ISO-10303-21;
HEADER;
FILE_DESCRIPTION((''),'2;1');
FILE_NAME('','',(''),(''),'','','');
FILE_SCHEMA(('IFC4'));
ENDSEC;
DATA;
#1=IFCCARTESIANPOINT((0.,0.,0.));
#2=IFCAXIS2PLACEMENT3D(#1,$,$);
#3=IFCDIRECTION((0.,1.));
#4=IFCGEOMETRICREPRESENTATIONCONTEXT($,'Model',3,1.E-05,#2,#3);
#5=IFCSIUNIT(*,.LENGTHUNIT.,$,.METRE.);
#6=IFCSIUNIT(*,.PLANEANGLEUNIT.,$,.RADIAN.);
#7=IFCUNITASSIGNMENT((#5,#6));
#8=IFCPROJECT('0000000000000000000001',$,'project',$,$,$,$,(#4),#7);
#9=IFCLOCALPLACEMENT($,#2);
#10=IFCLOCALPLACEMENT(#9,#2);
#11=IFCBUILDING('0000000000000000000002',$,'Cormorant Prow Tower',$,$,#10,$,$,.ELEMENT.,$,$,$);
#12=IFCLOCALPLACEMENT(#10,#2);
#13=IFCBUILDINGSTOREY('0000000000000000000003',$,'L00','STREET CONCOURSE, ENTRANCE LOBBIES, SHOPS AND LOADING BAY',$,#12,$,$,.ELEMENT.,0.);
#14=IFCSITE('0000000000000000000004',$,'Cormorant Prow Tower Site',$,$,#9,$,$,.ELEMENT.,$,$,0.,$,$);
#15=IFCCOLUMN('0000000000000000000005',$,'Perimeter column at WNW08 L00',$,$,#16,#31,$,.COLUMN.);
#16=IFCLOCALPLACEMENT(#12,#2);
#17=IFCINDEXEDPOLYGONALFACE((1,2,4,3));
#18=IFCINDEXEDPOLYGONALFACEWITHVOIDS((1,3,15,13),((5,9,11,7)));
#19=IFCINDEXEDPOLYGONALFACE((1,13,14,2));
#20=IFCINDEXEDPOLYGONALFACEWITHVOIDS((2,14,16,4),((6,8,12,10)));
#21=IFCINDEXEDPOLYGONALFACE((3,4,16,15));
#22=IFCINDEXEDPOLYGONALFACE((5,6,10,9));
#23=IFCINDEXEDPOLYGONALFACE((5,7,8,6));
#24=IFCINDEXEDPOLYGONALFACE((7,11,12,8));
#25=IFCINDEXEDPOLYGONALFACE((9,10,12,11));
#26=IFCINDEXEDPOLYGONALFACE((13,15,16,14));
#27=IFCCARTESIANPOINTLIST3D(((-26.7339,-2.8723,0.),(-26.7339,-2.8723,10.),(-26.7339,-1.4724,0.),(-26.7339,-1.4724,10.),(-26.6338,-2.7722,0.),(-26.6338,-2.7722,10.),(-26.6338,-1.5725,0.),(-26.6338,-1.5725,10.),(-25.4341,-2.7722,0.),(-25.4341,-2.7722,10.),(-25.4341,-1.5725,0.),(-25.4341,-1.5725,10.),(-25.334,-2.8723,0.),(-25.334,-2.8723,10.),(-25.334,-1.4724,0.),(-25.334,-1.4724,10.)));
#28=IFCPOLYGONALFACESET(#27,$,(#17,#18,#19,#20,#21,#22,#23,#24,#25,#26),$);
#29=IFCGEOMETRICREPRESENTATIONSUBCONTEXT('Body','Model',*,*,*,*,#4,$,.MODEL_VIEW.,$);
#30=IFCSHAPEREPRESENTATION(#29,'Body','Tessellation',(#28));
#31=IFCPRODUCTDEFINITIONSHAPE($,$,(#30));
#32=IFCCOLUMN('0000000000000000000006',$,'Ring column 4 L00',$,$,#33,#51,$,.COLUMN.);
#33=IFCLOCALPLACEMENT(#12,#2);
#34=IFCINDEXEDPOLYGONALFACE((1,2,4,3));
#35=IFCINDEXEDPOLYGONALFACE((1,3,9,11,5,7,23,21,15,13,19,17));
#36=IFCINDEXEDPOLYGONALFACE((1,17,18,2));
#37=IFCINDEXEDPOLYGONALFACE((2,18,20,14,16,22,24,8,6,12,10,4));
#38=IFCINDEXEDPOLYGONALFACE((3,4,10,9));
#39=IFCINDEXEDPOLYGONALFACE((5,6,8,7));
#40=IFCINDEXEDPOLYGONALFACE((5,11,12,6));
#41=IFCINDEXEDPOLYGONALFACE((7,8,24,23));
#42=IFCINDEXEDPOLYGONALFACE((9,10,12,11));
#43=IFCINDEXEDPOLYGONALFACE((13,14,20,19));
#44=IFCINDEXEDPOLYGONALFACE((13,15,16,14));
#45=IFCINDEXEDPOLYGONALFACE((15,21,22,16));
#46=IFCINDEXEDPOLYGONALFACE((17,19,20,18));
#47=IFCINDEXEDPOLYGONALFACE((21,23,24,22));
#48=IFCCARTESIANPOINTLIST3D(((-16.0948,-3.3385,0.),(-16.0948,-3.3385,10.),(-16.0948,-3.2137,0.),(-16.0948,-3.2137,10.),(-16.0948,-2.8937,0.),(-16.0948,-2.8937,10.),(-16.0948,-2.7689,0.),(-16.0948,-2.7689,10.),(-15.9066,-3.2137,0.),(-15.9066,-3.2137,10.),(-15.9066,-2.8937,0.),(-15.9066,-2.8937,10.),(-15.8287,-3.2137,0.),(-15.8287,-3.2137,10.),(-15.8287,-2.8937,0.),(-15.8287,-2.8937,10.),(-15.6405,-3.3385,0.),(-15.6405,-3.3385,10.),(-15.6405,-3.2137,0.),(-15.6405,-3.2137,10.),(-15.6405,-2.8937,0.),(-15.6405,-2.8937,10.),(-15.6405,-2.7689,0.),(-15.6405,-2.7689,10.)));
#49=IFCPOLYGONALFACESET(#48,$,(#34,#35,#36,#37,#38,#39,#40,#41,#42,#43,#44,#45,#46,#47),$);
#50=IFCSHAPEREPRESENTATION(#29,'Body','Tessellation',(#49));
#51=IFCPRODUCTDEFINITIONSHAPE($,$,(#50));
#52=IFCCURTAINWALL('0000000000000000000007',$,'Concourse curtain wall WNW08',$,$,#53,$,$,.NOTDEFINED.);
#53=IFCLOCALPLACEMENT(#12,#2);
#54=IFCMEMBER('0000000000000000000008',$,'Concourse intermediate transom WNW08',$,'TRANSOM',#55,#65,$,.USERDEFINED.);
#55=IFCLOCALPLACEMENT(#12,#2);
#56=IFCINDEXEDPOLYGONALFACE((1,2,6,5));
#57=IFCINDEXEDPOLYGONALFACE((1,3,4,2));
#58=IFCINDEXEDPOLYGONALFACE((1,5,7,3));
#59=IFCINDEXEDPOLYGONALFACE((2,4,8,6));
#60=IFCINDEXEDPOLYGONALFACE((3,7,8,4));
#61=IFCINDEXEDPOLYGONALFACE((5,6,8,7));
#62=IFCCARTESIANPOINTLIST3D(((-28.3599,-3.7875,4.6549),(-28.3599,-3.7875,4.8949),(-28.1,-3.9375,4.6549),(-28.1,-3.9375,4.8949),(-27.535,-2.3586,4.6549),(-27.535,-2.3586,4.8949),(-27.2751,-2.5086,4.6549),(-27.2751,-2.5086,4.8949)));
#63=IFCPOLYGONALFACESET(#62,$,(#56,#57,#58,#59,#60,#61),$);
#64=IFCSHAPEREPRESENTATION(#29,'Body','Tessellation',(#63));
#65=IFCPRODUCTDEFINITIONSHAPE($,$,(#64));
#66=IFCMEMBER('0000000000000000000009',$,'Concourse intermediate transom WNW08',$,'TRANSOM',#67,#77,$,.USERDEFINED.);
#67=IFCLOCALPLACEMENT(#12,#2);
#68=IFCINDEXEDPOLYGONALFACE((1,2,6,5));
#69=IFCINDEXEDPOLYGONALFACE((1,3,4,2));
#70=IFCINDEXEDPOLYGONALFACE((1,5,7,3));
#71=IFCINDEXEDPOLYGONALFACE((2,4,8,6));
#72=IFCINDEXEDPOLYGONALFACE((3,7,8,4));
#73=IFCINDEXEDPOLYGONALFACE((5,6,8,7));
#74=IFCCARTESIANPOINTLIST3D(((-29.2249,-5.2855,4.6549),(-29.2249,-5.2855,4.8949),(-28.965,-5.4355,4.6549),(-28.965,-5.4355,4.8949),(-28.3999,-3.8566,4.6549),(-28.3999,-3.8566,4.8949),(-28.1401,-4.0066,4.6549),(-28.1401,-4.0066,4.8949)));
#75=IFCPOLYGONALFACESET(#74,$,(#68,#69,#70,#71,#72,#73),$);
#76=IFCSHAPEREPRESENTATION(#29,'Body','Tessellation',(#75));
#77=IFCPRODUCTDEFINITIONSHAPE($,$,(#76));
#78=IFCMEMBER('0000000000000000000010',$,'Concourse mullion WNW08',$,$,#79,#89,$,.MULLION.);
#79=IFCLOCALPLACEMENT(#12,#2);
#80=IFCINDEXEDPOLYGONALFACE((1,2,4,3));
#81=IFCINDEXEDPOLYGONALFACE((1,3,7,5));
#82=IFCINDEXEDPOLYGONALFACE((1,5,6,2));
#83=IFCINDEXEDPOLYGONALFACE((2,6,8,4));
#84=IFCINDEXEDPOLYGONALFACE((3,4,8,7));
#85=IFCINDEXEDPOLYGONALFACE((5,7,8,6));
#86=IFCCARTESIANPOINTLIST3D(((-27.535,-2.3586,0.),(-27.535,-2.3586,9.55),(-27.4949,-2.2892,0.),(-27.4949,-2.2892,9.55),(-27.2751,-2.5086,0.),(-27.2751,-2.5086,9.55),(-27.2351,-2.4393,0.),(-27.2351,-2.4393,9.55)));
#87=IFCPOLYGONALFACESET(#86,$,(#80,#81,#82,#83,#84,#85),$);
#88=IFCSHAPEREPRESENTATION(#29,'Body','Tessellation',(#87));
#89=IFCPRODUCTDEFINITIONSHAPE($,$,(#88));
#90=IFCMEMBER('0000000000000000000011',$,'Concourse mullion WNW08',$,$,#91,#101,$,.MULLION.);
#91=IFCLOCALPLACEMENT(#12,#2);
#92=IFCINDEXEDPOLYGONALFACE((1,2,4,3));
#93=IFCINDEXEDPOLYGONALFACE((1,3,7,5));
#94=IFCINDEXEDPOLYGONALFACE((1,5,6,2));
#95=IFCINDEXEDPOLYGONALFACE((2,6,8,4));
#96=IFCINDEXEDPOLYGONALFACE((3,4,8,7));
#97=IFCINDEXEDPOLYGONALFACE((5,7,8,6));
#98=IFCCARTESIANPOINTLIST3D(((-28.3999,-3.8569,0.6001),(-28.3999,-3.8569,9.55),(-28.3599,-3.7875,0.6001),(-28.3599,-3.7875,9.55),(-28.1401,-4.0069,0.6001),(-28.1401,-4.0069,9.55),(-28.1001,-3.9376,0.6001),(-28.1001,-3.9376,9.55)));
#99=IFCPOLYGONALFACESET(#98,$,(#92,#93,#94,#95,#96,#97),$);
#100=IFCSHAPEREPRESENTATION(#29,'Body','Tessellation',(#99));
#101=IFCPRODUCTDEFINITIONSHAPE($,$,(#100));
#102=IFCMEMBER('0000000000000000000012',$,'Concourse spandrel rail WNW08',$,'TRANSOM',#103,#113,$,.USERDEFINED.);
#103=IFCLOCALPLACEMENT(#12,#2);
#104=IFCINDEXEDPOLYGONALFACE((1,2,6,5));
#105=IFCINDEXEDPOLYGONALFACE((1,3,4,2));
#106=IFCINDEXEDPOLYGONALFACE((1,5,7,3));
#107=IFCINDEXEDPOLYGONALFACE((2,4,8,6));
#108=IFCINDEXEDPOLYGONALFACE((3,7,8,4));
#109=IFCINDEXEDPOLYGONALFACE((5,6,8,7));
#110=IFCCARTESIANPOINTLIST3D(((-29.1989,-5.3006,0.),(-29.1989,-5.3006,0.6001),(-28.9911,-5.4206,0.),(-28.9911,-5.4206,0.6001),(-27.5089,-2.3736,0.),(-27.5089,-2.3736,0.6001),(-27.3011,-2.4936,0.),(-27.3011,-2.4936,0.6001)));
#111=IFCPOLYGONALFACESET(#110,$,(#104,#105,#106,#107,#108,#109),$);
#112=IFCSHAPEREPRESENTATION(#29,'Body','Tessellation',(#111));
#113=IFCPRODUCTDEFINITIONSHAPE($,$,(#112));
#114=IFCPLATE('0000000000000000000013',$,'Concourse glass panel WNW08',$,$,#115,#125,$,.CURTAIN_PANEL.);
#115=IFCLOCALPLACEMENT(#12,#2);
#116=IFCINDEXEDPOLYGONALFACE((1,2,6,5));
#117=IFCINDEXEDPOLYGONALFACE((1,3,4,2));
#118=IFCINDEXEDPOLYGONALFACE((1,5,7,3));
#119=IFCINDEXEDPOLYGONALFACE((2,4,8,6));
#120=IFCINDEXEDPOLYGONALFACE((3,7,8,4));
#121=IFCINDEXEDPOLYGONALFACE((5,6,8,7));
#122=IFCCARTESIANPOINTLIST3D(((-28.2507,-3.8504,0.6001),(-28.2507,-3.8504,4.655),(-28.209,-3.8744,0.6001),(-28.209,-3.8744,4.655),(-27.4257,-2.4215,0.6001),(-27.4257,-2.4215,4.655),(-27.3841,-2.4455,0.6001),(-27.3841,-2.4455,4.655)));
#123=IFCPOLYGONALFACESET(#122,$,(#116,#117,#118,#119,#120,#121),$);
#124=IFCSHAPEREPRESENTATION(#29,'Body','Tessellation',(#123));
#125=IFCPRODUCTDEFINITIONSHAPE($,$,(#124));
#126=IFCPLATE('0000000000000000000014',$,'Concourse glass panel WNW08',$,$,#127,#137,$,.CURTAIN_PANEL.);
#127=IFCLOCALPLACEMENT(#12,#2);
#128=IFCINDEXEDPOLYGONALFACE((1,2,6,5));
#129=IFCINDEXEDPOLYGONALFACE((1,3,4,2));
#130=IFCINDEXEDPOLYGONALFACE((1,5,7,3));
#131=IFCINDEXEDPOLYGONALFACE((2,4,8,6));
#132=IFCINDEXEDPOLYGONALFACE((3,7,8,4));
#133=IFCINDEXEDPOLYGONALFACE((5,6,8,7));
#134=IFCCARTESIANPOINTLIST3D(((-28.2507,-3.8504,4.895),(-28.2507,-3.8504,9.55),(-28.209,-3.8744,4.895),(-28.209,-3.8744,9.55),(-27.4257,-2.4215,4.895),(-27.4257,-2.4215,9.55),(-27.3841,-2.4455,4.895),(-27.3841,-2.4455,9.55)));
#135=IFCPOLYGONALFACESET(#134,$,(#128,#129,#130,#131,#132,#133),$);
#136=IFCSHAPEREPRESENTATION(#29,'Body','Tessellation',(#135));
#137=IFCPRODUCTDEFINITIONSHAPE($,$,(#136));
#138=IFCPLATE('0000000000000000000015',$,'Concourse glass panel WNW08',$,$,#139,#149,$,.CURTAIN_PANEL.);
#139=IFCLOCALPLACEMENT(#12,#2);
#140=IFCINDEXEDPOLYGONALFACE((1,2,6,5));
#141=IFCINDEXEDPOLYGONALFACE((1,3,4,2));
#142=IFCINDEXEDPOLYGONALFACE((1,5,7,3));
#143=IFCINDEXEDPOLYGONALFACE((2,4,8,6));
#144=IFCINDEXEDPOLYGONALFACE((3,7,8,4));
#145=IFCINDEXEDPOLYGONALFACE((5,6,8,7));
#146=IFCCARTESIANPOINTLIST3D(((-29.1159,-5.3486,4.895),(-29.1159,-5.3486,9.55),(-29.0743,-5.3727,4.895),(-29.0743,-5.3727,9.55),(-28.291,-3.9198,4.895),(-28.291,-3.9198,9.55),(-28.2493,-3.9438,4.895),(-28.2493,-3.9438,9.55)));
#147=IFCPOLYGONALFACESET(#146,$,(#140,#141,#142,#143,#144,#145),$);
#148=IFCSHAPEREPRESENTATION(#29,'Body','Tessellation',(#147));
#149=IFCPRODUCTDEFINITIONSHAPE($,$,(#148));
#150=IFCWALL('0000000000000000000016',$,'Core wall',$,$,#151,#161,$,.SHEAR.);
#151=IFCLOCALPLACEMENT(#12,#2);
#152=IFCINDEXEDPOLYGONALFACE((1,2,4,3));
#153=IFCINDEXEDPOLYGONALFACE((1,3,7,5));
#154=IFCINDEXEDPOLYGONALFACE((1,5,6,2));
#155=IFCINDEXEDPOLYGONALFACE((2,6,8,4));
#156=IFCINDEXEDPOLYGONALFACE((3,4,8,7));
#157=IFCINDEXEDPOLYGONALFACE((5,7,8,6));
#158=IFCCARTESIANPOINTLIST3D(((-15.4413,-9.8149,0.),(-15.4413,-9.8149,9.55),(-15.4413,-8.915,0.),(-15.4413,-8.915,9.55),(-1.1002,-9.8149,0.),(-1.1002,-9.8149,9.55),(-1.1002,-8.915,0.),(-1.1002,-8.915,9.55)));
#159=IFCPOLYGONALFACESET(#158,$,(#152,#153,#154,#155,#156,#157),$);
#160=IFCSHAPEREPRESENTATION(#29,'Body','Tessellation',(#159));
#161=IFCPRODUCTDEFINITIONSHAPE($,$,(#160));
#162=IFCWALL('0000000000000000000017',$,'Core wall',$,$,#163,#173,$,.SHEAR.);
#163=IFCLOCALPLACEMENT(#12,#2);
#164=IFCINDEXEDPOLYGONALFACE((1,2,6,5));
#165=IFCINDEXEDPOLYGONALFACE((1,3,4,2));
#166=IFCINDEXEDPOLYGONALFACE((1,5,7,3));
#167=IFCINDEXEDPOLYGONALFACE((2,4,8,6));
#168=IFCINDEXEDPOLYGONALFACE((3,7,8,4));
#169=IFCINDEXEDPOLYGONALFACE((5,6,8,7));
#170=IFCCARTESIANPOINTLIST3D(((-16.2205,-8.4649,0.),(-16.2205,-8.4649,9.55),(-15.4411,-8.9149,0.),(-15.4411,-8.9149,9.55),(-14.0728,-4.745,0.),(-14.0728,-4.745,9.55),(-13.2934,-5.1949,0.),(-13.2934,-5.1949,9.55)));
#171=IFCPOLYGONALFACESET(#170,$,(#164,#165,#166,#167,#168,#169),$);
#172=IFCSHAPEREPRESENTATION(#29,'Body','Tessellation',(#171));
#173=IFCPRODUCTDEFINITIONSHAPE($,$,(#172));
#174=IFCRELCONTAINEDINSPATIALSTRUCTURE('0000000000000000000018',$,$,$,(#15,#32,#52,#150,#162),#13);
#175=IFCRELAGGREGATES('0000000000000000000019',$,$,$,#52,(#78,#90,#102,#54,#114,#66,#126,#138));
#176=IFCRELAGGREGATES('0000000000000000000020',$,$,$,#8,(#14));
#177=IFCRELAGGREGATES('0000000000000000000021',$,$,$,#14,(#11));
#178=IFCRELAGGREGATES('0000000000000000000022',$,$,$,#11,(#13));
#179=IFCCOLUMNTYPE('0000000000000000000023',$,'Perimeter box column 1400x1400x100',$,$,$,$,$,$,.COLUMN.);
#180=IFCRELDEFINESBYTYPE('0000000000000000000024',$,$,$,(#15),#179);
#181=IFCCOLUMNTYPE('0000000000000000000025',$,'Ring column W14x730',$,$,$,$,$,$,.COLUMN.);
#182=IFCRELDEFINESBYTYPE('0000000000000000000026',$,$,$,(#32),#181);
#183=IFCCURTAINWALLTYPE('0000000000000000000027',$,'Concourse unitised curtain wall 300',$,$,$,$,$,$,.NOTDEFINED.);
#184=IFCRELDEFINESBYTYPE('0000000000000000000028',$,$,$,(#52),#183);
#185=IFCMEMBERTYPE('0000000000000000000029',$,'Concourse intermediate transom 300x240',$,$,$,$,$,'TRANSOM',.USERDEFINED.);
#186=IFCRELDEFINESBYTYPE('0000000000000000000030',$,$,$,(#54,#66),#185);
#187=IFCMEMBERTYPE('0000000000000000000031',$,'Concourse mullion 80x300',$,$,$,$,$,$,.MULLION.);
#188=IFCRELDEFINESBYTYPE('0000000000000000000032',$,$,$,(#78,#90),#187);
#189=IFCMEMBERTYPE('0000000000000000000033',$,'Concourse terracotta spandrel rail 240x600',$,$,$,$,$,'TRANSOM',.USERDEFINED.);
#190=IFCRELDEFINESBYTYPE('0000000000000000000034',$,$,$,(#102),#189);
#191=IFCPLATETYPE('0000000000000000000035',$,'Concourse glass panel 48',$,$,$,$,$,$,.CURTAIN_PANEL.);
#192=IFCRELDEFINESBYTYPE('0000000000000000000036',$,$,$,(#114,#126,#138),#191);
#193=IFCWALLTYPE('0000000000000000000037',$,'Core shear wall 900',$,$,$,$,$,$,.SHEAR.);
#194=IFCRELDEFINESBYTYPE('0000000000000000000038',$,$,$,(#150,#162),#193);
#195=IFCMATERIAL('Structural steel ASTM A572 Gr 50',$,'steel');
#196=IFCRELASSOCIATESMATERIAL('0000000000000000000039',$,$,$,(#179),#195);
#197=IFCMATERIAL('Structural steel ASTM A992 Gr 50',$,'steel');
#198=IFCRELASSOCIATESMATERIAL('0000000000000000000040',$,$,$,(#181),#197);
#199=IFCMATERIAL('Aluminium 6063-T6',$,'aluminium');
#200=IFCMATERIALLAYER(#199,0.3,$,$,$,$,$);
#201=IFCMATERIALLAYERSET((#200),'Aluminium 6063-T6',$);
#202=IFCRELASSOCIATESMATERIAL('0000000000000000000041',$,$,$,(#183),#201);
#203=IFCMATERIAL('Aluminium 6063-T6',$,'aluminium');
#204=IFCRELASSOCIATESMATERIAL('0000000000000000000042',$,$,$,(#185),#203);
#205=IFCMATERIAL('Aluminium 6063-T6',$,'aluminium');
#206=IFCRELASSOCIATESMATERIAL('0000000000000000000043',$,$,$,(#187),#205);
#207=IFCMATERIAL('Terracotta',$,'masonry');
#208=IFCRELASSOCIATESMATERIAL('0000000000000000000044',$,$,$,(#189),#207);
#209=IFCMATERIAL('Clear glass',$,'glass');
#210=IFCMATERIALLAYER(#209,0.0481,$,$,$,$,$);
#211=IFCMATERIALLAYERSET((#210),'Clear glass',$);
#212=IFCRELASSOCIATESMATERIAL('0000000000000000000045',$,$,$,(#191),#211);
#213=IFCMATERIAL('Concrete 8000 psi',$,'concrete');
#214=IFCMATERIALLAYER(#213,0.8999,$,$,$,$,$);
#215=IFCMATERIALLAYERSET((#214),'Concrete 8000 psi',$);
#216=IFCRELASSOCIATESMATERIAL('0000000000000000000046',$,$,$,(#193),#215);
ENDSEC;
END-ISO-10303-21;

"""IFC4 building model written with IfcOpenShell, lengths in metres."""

from ifc_helpers import new_model, si_unit, direction, frame, frame_2d, origin, origin_2d, place, context, subcontext, project, spatial, rectangle, hollow_rectangle, i_section, extrude, material, layer, layer_set, material_profile, profile_set, type_object, element, aggregate, save


model = new_model("IFC4")

# Units and contexts
model_context = context("Model", 3, precision=1e-05, world=origin(), true_north=direction((0.0, 1.0)))
body_context = subcontext(model_context, "Body", "Model", "MODEL_VIEW")
ifc_project = project(units=[si_unit("LENGTHUNIT", "METRE"), si_unit("PLANEANGLEUNIT", "RADIAN")], contexts=[model_context])

# Site, building, storey
site_placement = place(None, origin())
site = spatial("IfcSite", under=ifc_project, at=site_placement, Name="Cormorant Prow Tower Site", CompositionType="ELEMENT", RefElevation=0.0)
building_placement = place(site_placement, origin())
building = spatial("IfcBuilding", under=site, at=building_placement, Name="Cormorant Prow Tower", CompositionType="ELEMENT")
storey_placement = place(building_placement, origin())
storey = spatial("IfcBuildingStorey", under=building, at=storey_placement, Name="L00", Description="STREET CONCOURSE, ENTRANCE LOBBIES, SHOPS AND LOADING BAY", CompositionType="ELEMENT", Elevation=0.0)

# Columns
ifc_material_1 = material(Name="Structural steel ASTM A572 Gr 50", Category="steel")
ifc_material_profile_1 = material_profile(ifc_material_1, hollow_rectangle(XDim=1.3999, YDim=1.3999, WallThickness=0.1001, at=origin_2d()), Name="Box 1400x1400x100")
ifc_profile_set_1 = profile_set([ifc_material_profile_1], Name="Structural steel ASTM A572 Gr 50")
column_type_1 = type_object("IfcColumnType", Name="Perimeter box column 1400x1400x100", PredefinedType="COLUMN", material=ifc_profile_set_1)
column_1_placement = place(storey_placement, frame((-26.0339, -2.1724, 0.0), z_axis=(0.0, 0.0, 1.0), x_axis=(1.0, 0.0, 0.0)))
element("IfcColumn", 1, at=column_1_placement, inside=storey, type_object=column_type_1, Name="Perimeter column at WNW08 L00", PredefinedType="COLUMN", context=body_context, shape_type="SweptSolid", body=[
    extrude(hollow_rectangle(XDim=1.3999, YDim=1.3999, WallThickness=0.1001, at=origin_2d()), origin(), (0.0, 0.0, 1.0), 10.0),
])
ifc_material_2 = material(Name="Structural steel ASTM A992 Gr 50", Category="steel")
ifc_material_profile_2 = material_profile(ifc_material_2, i_section(OverallWidth=0.4543, OverallDepth=0.5696, WebThickness=0.0779, FlangeThickness=0.1248, at=origin_2d()), Name="W14x730")
ifc_profile_set_2 = profile_set([ifc_material_profile_2], Name="Structural steel ASTM A992 Gr 50")
column_type_2 = type_object("IfcColumnType", Name="Ring column W14x730", PredefinedType="COLUMN", material=ifc_profile_set_2)
column_2_placement = place(storey_placement, frame((-15.8677, -3.0537, 0.0), z_axis=(0.0, 0.0, 1.0), x_axis=(1.0, 0.0, 0.0)))
element("IfcColumn", 2, at=column_2_placement, inside=storey, type_object=column_type_2, Name="Ring column 4 L00", PredefinedType="COLUMN", context=body_context, shape_type="SweptSolid", body=[
    extrude(i_section(OverallWidth=0.4543, OverallDepth=0.5696, WebThickness=0.0779, FlangeThickness=0.1248, at=origin_2d()), origin(), (0.0, 0.0, 1.0), 10.0),
])

# Curtain wall, members, plates
ifc_material_3 = material(Name="Aluminium 6063-T6", Category="aluminium")
ifc_layer_1 = layer(ifc_material_3, 0.3)
ifc_layer_set_1 = layer_set([ifc_layer_1], Name="Aluminium 6063-T6")
curtain_wall_type = type_object("IfcCurtainWallType", Name="Concourse unitised curtain wall 300", PredefinedType="NOTDEFINED", material=ifc_layer_set_1)
curtain_wall_placement = place(storey_placement, origin())
curtain_wall = element("IfcCurtainWall", 3, at=curtain_wall_placement, inside=storey, type_object=curtain_wall_type, Name="Concourse curtain wall WNW08", PredefinedType="NOTDEFINED")
ifc_material_4 = material(Name="Aluminium 6063-T6", Category="aluminium")
ifc_material_profile_3 = material_profile(ifc_material_4, rectangle(XDim=0.3, YDim=0.24, at=origin_2d()), Name="Concourse intermediate transom 300x240")
ifc_profile_set_3 = profile_set([ifc_material_profile_3], Name="Aluminium 6063-T6")
member_type_1 = type_object("IfcMemberType", Name="Concourse intermediate transom 300x240", ElementType="TRANSOM", PredefinedType="USERDEFINED", material=ifc_profile_set_3)
member_1_placement = place(storey_placement, frame((-27.405, -2.4336, 4.7749), z_axis=(-0.499974, -0.86604, 0.0), x_axis=(0.86604, -0.499974, 0.0)))
member_1 = element("IfcMember", 4, at=member_1_placement, type_object=member_type_1, Name="Concourse intermediate transom WNW08", ObjectType="TRANSOM", PredefinedType="USERDEFINED", context=body_context, shape_type="SweptSolid", body=[
    extrude(rectangle(XDim=0.3, YDim=0.24, at=origin_2d()), origin(), (0.0, 0.0, 1.0), 1.6499),
])
member_2_placement = place(storey_placement, frame((-28.27, -3.9316, 4.7749), z_axis=(-0.499974, -0.86604, 0.0), x_axis=(0.86604, -0.499974, 0.0)))
member_2 = element("IfcMember", 5, at=member_2_placement, type_object=member_type_1, Name="Concourse intermediate transom WNW08", ObjectType="TRANSOM", PredefinedType="USERDEFINED", context=body_context, shape_type="SweptSolid", body=[
    extrude(rectangle(XDim=0.3, YDim=0.24, at=origin_2d()), origin(), (0.0, 0.0, 1.0), 1.6499),
])
ifc_material_5 = material(Name="Aluminium 6063-T6", Category="aluminium")
ifc_material_profile_4 = material_profile(ifc_material_5, rectangle(XDim=0.3, YDim=0.0801, at=origin_2d()), Name="Concourse mullion 80x300")
ifc_profile_set_4 = profile_set([ifc_material_profile_4], Name="Aluminium 6063-T6")
member_type_2 = type_object("IfcMemberType", Name="Concourse mullion 80x300", PredefinedType="MULLION", material=ifc_profile_set_4)
member_3_placement = place(storey_placement, frame((-27.385, -2.3989, 0.0), z_axis=(0.0, 0.0, 1.0), x_axis=(0.866025, -0.5, 0.0)))
member_3 = element("IfcMember", 6, at=member_3_placement, type_object=member_type_2, Name="Concourse mullion WNW08", PredefinedType="MULLION", context=body_context, shape_type="SweptSolid", body=[
    extrude(rectangle(XDim=0.3, YDim=0.0801, at=origin_2d()), origin(), (0.0, 0.0, 1.0), 9.55),
])
member_4_placement = place(storey_placement, frame((-28.25, -3.8972, 0.6001), z_axis=(0.0, 0.0, 1.0), x_axis=(0.866025, -0.5, 0.0)))
member_4 = element("IfcMember", 7, at=member_4_placement, type_object=member_type_2, Name="Concourse mullion WNW08", PredefinedType="MULLION", context=body_context, shape_type="SweptSolid", body=[
    extrude(rectangle(XDim=0.3, YDim=0.0801, at=origin_2d()), origin(), (0.0, 0.0, 1.0), 8.95),
])
ifc_material_6 = material(Name="Terracotta", Category="masonry")
ifc_material_profile_5 = material_profile(ifc_material_6, rectangle(XDim=0.24, YDim=0.6001, at=origin_2d()), Name="Concourse terracotta spandrel rail 240x600")
ifc_profile_set_5 = profile_set([ifc_material_profile_5], Name="Terracotta")
member_type_3 = type_object("IfcMemberType", Name="Concourse terracotta spandrel rail 240x600", ElementType="TRANSOM", PredefinedType="USERDEFINED", material=ifc_profile_set_5)
member_5_placement = place(storey_placement, frame((-27.405, -2.4336, 0.3), z_axis=(-0.500008, -0.866021, 0.0), x_axis=(0.866021, -0.500008, 0.0)))
member_5 = element("IfcMember", 8, at=member_5_placement, type_object=member_type_3, Name="Concourse spandrel rail WNW08", ObjectType="TRANSOM", PredefinedType="USERDEFINED", context=body_context, shape_type="SweptSolid", body=[
    extrude(rectangle(XDim=0.24, YDim=0.6001, at=origin_2d()), origin(), (0.0, 0.0, 1.0), 3.3799),
])
ifc_material_7 = material(Name="Clear glass", Category="glass")
ifc_layer_2 = layer(ifc_material_7, 0.0481)
ifc_layer_set_2 = layer_set([ifc_layer_2], Name="Clear glass")
plate_type = type_object("IfcPlateType", Name="Concourse glass panel 48", PredefinedType="CURTAIN_PANEL", material=ifc_layer_set_2)
plate_1_placement = place(storey_placement, frame((-27.8174, -3.1479, 0.6001), z_axis=(0.0, 0.0, 1.0), x_axis=(-0.5, -0.866025, 0.0)))
plate_1 = element("IfcPlate", 9, at=plate_1_placement, type_object=plate_type, Name="Concourse glass panel WNW08", PredefinedType="CURTAIN_PANEL", context=body_context, shape_type="SweptSolid", body=[
    extrude(rectangle(XDim=1.6499, YDim=0.0481, at=origin_2d()), origin(), (0.0, 0.0, 1.0), 4.0549),
])
plate_2_placement = place(storey_placement, frame((-27.8174, -3.1479, 4.895), z_axis=(0.0, 0.0, 1.0), x_axis=(-0.5, -0.866025, 0.0)))
plate_2 = element("IfcPlate", 10, at=plate_2_placement, type_object=plate_type, Name="Concourse glass panel WNW08", PredefinedType="CURTAIN_PANEL", context=body_context, shape_type="SweptSolid", body=[
    extrude(rectangle(XDim=1.6499, YDim=0.0481, at=origin_2d()), origin(), (0.0, 0.0, 1.0), 4.655),
])
plate_3_placement = place(storey_placement, frame((-28.6826, -4.6462, 4.895), z_axis=(0.0, 0.0, 1.0), x_axis=(-0.5, -0.866025, 0.0)))
plate_3 = element("IfcPlate", 11, at=plate_3_placement, type_object=plate_type, Name="Concourse glass panel WNW08", PredefinedType="CURTAIN_PANEL", context=body_context, shape_type="SweptSolid", body=[
    extrude(rectangle(XDim=1.6499, YDim=0.0481, at=origin_2d()), origin(), (0.0, 0.0, 1.0), 4.655),
])
aggregate(curtain_wall, [member_3, member_4, member_5, member_1, plate_1, member_2, plate_2, plate_3])

# Walls
ifc_material_8 = material(Name="Concrete 8000 psi", Category="concrete")
ifc_layer_3 = layer(ifc_material_8, 0.8999)
ifc_layer_set_3 = layer_set([ifc_layer_3], Name="Concrete 8000 psi")
wall_type_1 = type_object("IfcWallType", Name="Core shear wall 900", PredefinedType="SHEAR", material=ifc_layer_set_3)
wall_1_placement = place(storey_placement, frame((-15.4412, -9.365, 0.0), z_axis=(0.0, 0.0, 1.0), x_axis=(1.0, 0.0, 0.0)))
element("IfcWall", 12, at=wall_1_placement, inside=storey, type_object=wall_type_1, Name="Core wall", PredefinedType="SHEAR", context=body_context, shape_type="SweptSolid", body=[
    extrude(rectangle(XDim=14.3411, YDim=0.8999, at=frame_2d((7.1704, 0.0))), origin(), (0.0, 0.0, 1.0), 9.55),
])
wall_2_placement = place(storey_placement, frame((-13.6831, -4.97, 0.0), z_axis=(0.0, 0.0, 1.0), x_axis=(-0.499996, -0.866028, 0.0)))
element("IfcWall", 13, at=wall_2_placement, inside=storey, type_object=wall_type_1, Name="Core wall", PredefinedType="SHEAR", context=body_context, shape_type="SweptSolid", body=[
    extrude(rectangle(XDim=4.2954, YDim=0.8999, at=frame_2d((2.1477, 0.0))), origin(), (0.0, 0.0, 1.0), 9.55),
])

save(model, "model.ifc")
